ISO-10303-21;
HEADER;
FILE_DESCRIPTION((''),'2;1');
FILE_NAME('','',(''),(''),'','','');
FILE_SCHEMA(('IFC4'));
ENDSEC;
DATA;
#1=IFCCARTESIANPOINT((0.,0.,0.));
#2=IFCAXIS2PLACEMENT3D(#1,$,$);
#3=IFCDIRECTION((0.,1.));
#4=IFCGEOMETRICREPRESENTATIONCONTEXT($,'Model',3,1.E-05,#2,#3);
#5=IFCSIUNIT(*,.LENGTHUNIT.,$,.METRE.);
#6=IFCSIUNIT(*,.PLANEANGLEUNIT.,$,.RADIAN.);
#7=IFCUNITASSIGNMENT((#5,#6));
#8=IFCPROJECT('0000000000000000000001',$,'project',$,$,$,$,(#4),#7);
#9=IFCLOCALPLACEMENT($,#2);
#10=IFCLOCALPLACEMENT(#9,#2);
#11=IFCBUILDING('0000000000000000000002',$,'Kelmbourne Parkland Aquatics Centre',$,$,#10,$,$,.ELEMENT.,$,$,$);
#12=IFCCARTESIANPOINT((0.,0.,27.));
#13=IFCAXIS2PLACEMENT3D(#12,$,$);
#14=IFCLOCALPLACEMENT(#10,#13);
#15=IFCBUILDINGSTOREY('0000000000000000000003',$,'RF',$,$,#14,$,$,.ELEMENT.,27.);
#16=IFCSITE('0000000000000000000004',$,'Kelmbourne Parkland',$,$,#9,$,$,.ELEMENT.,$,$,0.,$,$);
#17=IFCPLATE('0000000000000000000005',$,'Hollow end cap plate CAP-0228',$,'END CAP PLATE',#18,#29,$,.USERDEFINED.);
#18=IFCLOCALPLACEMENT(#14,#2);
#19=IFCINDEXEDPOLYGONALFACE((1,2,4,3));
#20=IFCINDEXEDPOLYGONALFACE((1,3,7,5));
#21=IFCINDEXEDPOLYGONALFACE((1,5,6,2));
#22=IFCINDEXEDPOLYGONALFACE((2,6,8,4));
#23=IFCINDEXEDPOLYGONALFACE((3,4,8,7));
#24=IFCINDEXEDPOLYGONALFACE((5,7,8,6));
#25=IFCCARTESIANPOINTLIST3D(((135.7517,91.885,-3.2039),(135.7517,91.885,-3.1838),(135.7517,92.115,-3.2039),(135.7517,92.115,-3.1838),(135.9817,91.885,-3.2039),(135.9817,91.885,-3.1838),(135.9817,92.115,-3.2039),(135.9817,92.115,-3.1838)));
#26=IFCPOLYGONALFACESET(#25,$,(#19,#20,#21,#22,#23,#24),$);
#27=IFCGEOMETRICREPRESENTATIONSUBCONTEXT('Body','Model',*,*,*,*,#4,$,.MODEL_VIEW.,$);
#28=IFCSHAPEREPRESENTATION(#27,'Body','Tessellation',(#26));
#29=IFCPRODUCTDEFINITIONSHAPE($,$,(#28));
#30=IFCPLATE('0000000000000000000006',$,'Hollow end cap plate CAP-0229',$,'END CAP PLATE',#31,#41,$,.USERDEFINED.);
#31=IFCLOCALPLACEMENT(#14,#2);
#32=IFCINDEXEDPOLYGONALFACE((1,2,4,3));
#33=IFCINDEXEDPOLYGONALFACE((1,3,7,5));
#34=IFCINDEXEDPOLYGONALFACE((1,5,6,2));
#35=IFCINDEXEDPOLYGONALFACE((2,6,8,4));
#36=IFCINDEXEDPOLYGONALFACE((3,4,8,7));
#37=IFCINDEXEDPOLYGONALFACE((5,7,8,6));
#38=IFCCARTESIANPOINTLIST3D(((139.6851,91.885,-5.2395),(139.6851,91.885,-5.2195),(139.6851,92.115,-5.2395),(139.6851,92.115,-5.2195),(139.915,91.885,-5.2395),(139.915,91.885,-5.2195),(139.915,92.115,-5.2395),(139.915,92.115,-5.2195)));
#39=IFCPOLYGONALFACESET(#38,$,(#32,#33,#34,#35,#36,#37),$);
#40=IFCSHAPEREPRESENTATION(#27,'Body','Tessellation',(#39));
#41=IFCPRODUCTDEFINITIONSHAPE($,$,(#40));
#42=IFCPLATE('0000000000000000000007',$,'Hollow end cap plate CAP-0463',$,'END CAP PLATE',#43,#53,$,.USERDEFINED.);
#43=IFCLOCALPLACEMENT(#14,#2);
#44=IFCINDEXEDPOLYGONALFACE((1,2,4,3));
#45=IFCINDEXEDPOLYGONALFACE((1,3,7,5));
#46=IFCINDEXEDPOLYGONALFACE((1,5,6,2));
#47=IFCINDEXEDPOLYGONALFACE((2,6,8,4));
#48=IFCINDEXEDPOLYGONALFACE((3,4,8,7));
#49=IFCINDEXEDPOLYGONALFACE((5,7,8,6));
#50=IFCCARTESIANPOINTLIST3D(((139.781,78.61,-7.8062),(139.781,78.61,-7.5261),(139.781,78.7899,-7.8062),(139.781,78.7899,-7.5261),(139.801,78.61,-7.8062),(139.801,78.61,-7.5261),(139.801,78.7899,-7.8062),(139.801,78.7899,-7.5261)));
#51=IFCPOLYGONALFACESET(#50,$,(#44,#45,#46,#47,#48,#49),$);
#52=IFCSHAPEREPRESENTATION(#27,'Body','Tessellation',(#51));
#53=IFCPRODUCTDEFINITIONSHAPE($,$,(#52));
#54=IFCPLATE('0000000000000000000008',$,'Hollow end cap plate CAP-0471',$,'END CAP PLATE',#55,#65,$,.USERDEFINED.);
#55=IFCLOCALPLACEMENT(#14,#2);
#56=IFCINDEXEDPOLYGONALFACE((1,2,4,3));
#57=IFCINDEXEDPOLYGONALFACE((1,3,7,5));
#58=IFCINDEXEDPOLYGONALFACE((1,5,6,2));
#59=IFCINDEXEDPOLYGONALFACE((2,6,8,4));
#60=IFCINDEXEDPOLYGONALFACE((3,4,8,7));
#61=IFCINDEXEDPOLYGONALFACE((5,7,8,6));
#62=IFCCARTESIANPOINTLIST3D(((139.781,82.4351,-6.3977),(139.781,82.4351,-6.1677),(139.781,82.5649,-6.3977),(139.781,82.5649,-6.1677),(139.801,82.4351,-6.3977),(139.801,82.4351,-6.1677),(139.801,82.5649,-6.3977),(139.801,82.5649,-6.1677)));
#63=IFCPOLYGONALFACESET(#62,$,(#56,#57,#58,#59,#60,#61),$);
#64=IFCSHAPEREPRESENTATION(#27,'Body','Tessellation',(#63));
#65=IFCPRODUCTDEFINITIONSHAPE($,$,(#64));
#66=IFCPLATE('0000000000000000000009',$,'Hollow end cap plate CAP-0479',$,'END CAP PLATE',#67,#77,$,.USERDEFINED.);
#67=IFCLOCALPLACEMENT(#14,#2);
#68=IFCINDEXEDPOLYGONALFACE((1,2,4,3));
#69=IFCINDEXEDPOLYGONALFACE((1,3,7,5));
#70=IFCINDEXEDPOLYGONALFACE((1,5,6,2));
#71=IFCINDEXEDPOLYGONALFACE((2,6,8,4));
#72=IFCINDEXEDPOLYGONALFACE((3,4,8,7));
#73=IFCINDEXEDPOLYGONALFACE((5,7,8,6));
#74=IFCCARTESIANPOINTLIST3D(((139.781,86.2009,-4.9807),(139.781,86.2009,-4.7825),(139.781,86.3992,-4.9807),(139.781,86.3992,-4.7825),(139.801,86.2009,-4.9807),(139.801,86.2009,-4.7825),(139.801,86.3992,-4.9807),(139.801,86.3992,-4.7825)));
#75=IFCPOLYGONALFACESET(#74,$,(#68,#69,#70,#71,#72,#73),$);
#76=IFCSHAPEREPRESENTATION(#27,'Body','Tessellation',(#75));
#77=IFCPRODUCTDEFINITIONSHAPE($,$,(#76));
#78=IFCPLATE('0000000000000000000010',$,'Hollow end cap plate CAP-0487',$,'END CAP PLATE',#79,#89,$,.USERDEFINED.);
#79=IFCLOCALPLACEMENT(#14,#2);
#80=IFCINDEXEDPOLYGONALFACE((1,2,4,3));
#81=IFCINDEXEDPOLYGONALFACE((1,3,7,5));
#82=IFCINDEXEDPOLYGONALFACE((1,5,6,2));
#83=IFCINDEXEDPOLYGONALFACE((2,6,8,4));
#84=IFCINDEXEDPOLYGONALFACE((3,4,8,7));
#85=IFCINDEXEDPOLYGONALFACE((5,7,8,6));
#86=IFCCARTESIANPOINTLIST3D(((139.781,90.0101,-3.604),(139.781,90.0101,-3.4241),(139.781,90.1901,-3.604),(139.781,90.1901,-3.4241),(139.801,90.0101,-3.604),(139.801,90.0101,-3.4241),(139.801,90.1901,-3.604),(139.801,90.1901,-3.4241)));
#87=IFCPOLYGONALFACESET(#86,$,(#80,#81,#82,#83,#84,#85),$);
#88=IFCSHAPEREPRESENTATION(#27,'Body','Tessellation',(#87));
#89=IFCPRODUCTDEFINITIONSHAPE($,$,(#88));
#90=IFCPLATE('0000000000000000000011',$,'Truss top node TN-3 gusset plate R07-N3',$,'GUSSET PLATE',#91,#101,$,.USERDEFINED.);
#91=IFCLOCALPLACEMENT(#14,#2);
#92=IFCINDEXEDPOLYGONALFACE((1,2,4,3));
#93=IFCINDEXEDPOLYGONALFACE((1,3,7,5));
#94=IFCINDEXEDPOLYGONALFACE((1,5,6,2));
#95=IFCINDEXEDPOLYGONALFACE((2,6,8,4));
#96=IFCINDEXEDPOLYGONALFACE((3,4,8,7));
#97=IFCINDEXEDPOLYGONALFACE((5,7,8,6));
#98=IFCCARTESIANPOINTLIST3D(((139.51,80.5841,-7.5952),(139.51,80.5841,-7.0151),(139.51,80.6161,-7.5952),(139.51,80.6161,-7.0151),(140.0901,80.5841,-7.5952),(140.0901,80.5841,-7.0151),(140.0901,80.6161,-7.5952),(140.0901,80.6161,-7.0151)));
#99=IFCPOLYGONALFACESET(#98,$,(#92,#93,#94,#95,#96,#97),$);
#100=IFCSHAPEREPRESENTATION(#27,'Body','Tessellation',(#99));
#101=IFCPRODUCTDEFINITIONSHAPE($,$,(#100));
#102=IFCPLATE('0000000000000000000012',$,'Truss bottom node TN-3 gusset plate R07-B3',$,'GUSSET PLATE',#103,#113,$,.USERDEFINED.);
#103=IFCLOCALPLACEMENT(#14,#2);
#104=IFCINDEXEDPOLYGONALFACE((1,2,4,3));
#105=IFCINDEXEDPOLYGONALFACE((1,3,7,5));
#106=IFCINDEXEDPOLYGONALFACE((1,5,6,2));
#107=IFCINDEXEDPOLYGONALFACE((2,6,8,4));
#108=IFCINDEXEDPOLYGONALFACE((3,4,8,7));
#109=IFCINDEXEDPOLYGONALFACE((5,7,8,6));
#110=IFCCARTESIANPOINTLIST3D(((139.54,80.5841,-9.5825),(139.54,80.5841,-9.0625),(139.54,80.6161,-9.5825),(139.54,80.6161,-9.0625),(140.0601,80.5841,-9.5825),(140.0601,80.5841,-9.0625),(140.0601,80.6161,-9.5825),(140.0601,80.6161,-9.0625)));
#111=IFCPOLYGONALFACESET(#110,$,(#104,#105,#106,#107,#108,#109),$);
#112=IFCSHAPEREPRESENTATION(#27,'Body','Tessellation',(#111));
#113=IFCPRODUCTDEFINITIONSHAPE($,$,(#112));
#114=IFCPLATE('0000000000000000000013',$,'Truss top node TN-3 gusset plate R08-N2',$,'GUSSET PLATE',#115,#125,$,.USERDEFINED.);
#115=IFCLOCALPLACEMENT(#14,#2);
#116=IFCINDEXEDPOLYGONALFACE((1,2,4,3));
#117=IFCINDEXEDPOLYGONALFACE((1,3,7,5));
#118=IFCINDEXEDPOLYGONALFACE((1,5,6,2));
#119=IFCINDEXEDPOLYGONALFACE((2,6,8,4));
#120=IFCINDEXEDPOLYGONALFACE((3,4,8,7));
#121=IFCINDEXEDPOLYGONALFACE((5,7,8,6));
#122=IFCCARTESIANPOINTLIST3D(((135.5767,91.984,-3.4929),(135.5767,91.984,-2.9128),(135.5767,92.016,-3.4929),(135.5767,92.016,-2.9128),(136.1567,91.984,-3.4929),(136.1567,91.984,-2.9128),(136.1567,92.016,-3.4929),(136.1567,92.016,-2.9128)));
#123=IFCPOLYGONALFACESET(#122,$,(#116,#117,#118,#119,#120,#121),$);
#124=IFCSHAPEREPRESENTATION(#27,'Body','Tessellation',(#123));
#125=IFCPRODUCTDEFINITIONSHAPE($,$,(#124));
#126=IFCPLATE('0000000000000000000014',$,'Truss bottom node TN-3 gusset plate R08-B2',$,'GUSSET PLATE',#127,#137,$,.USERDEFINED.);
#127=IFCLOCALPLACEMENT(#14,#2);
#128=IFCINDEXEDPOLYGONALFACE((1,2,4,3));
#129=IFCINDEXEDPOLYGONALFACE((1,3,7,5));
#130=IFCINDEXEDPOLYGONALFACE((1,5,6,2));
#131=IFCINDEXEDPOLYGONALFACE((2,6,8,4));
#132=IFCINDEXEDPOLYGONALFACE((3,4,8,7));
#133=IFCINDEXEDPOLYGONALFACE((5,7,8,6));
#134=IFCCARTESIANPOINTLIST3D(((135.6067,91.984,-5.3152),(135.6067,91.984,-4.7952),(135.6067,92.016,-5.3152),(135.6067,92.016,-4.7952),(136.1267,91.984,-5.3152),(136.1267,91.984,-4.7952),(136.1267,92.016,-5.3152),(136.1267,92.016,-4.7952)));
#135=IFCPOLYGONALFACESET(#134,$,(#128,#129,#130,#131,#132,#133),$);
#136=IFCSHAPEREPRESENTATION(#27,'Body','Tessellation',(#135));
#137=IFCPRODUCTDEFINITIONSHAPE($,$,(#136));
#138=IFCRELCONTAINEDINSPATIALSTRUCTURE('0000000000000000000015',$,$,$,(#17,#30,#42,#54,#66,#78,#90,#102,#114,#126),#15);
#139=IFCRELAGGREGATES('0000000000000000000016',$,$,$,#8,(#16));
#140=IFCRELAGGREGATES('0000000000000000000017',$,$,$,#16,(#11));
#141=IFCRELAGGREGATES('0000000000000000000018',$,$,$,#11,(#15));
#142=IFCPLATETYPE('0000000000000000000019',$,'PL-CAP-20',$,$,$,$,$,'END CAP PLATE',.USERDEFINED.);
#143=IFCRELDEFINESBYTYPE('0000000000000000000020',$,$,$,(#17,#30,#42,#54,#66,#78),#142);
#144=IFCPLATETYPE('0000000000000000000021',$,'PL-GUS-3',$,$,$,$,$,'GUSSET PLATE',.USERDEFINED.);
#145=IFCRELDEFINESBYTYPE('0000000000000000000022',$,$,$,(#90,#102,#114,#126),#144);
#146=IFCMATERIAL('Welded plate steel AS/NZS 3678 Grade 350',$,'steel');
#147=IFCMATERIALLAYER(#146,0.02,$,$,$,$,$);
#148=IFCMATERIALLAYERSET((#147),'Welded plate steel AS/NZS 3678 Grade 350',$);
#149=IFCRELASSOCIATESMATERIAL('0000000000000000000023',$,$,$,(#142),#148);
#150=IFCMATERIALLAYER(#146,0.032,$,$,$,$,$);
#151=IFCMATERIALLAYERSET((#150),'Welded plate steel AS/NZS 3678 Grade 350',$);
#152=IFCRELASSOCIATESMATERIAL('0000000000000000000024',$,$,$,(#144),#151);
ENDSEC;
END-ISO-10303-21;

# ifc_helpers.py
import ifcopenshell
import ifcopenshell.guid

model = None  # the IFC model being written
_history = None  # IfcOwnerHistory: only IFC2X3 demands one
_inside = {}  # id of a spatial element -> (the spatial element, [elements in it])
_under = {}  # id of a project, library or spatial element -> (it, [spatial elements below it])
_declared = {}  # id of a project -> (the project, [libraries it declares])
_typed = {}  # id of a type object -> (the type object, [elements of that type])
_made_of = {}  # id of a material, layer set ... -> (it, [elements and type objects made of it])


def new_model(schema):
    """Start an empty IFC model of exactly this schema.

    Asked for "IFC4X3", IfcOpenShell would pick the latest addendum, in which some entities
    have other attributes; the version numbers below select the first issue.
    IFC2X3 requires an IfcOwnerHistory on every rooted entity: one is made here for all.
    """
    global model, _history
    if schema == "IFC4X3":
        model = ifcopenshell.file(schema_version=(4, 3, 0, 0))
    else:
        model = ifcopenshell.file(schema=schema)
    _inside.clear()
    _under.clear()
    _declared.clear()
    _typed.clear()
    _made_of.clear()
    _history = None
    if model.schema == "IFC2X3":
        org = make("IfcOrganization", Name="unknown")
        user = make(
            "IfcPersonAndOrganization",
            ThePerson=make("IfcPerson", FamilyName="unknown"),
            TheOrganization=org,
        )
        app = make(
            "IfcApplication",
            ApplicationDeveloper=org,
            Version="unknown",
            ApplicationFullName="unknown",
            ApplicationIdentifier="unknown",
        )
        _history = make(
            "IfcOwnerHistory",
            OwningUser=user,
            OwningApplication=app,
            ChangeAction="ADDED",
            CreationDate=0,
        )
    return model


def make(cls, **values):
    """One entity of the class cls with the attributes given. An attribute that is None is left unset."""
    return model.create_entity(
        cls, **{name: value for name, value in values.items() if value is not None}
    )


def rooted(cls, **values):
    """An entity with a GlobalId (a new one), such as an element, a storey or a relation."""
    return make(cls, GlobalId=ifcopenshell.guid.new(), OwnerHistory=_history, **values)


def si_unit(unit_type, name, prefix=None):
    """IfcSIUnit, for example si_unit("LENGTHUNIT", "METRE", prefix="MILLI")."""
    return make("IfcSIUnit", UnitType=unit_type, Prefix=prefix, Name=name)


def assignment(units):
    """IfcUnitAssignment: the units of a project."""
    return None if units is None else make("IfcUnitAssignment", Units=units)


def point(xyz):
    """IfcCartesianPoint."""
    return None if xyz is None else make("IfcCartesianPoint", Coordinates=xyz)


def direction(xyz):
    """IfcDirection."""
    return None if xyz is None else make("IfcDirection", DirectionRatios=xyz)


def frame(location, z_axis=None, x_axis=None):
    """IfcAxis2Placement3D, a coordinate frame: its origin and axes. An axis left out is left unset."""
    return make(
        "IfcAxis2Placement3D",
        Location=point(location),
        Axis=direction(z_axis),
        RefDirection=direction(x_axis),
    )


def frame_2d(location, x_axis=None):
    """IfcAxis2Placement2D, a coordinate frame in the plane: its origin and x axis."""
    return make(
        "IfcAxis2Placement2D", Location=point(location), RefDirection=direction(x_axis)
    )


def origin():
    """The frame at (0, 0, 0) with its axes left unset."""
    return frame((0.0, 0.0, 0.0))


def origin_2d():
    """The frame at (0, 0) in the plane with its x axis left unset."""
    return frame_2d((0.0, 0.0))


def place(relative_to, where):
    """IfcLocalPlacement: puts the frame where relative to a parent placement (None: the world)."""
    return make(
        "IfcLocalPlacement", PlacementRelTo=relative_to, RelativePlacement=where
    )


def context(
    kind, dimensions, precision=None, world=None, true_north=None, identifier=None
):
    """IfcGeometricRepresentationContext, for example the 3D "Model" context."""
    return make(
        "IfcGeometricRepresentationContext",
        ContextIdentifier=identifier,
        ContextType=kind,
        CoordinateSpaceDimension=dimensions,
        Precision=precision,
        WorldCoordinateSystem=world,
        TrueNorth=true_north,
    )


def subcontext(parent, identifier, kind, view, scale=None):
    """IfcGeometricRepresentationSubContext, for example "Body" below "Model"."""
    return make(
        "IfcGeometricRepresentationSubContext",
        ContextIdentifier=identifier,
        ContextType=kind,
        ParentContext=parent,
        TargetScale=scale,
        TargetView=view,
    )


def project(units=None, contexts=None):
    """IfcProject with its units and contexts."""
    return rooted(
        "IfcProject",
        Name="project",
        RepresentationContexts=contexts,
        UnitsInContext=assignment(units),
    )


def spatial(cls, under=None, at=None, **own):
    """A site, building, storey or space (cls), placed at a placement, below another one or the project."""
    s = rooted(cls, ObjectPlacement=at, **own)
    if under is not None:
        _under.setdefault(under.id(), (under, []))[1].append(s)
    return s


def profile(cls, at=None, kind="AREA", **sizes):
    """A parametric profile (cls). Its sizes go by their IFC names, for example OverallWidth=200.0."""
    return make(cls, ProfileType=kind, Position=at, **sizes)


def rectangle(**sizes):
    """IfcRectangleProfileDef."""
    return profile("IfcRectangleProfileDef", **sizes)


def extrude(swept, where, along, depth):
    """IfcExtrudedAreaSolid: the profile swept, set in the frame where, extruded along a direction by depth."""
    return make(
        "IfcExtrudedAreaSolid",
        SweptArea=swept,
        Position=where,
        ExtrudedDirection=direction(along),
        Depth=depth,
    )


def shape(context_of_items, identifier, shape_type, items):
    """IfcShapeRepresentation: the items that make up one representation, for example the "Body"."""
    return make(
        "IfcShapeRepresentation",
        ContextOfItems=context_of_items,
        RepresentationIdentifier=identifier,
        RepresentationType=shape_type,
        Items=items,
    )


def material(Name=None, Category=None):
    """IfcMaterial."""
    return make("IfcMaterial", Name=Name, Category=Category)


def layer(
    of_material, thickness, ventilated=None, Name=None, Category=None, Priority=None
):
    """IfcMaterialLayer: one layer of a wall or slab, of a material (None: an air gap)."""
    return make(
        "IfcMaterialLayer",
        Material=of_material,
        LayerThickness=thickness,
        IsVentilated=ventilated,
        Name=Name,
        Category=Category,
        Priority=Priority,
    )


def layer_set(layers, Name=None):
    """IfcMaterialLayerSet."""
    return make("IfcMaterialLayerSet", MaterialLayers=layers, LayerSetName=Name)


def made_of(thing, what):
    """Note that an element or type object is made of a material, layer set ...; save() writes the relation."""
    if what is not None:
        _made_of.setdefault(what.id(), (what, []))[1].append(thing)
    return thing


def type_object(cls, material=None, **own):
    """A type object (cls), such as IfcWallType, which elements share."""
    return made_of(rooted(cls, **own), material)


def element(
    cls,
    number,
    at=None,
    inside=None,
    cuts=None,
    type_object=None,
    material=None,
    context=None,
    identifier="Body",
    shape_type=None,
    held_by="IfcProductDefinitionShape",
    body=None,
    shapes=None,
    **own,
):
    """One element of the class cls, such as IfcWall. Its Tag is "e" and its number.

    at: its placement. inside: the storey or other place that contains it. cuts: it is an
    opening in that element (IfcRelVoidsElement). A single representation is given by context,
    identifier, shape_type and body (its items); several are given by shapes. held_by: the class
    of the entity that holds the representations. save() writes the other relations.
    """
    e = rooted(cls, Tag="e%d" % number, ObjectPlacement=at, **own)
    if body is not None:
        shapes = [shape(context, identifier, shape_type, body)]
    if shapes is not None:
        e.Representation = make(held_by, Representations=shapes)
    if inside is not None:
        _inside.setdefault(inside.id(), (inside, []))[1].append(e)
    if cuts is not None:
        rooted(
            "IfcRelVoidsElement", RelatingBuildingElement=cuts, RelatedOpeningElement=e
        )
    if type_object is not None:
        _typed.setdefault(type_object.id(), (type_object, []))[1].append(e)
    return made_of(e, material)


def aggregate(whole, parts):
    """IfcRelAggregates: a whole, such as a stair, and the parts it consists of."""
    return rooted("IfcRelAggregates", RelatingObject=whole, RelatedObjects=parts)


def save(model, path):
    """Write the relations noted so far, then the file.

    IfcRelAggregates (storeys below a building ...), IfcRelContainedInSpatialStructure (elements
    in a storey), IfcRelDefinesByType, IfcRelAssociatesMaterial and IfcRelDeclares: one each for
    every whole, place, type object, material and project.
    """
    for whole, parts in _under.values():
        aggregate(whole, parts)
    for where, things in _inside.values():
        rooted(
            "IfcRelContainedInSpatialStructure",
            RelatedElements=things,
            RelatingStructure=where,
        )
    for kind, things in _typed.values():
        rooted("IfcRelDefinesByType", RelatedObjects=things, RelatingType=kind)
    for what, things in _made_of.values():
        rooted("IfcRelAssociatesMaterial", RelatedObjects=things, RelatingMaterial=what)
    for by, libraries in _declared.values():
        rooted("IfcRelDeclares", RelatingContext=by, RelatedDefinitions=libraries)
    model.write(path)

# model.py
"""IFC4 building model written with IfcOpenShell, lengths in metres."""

from ifc_helpers import new_model, si_unit, direction, frame, origin, origin_2d, place, context, subcontext, project, spatial, rectangle, extrude, material, layer, layer_set, type_object, element, save


model = new_model("IFC4")

# Units and contexts
model_context = context("Model", 3, precision=1e-05, world=origin(), true_north=direction((0.0, 1.0)))
body_context = subcontext(model_context, "Body", "Model", "MODEL_VIEW")
ifc_project = project(units=[si_unit("LENGTHUNIT", "METRE"), si_unit("PLANEANGLEUNIT", "RADIAN")], contexts=[model_context])

# Site, building, storey
site_placement = place(None, origin())
site = spatial("IfcSite", under=ifc_project, at=site_placement, Name="Kelmbourne Parkland", CompositionType="ELEMENT", RefElevation=0.0)
building_placement = place(site_placement, origin())
building = spatial("IfcBuilding", under=site, at=building_placement, Name="Kelmbourne Parkland Aquatics Centre", CompositionType="ELEMENT")
storey_placement = place(building_placement, frame((0.0, 0.0, 27.0)))
storey = spatial("IfcBuildingStorey", under=building, at=storey_placement, Name="RF", CompositionType="ELEMENT", Elevation=27.0)

# Shared definitions
ifc_material_1 = material(Name="Welded plate steel AS/NZS 3678 Grade 350", Category="steel")

# Plates
ifc_layer_1 = layer(ifc_material_1, 0.02)
ifc_layer_set_1 = layer_set([ifc_layer_1], Name="Welded plate steel AS/NZS 3678 Grade 350")
plate_type_1 = type_object("IfcPlateType", Name="PL-CAP-20", ElementType="END CAP PLATE", PredefinedType="USERDEFINED", material=ifc_layer_set_1)
for number, where, z_axis, x_axis, name in (
    (1, (135.8667, 92.0, -3.2039), (0.0, 0.0, 1.0), (1.0, 0.0, 0.0), "Hollow end cap plate CAP-0228"),
    (2, (139.8, 92.0, -5.2395), (0.0, 0.0, 1.0), (1.0, 0.0, 0.0), "Hollow end cap plate CAP-0229"),
):
    element("IfcPlate", number, at=place(storey_placement, frame(where, z_axis=z_axis, x_axis=x_axis)), inside=storey, type_object=plate_type_1, Name=name, ObjectType="END CAP PLATE", PredefinedType="USERDEFINED", context=body_context, shape_type="SweptSolid", body=[
        extrude(rectangle(XDim=0.23, YDim=0.23, at=origin_2d()), origin(), (0.0, 0.0, 1.0), 0.02),
    ])
plate_1_placement = place(storey_placement, frame((139.791, 78.7, -7.8062), z_axis=(0.0, 0.0, 1.0), x_axis=(-1.0, 0.0, 0.0)))
element("IfcPlate", 3, at=plate_1_placement, inside=storey, type_object=plate_type_1, Name="Hollow end cap plate CAP-0463", ObjectType="END CAP PLATE", PredefinedType="USERDEFINED", context=body_context, shape_type="SweptSolid", body=[
    extrude(rectangle(XDim=0.02, YDim=0.1799, at=origin_2d()), origin(), (0.0, 0.0, 1.0), 0.28),
])
plate_2_placement = place(storey_placement, frame((139.791, 82.5, -6.3977), z_axis=(0.0, 0.0, 1.0), x_axis=(-1.0, 0.0, 0.0)))
element("IfcPlate", 4, at=plate_2_placement, inside=storey, type_object=plate_type_1, Name="Hollow end cap plate CAP-0471", ObjectType="END CAP PLATE", PredefinedType="USERDEFINED", context=body_context, shape_type="SweptSolid", body=[
    extrude(rectangle(XDim=0.02, YDim=0.1299, at=origin_2d()), origin(), (0.0, 0.0, 1.0), 0.23),
])
plate_3_placement = place(storey_placement, frame((139.791, 86.3, -4.9807), z_axis=(0.0, 0.0, 1.0), x_axis=(-1.0, 0.0, 0.0)))
element("IfcPlate", 5, at=plate_3_placement, inside=storey, type_object=plate_type_1, Name="Hollow end cap plate CAP-0479", ObjectType="END CAP PLATE", PredefinedType="USERDEFINED", context=body_context, shape_type="SweptSolid", body=[
    extrude(rectangle(XDim=0.02, YDim=0.1982, at=origin_2d()), origin(), (0.0, 0.0, 1.0), 0.1982),
])
plate_4_placement = place(storey_placement, frame((139.791, 90.1001, -3.604), z_axis=(0.0, 0.0, 1.0), x_axis=(-1.0, 0.0, 0.0)))
element("IfcPlate", 6, at=plate_4_placement, inside=storey, type_object=plate_type_1, Name="Hollow end cap plate CAP-0487", ObjectType="END CAP PLATE", PredefinedType="USERDEFINED", context=body_context, shape_type="SweptSolid", body=[
    extrude(rectangle(XDim=0.02, YDim=0.1799, at=origin_2d()), origin(), (0.0, 0.0, 1.0), 0.1799),
])
ifc_layer_2 = layer(ifc_material_1, 0.032)
ifc_layer_set_2 = layer_set([ifc_layer_2], Name="Welded plate steel AS/NZS 3678 Grade 350")
plate_type_2 = type_object("IfcPlateType", Name="PL-GUS-3", ElementType="GUSSET PLATE", PredefinedType="USERDEFINED", material=ifc_layer_set_2)
plate_5_placement = place(storey_placement, frame((139.8, 80.6001, -7.5952), z_axis=(0.0, 0.0, 1.0), x_axis=(1.0, 0.0, 0.0)))
element("IfcPlate", 7, at=plate_5_placement, inside=storey, type_object=plate_type_2, Name="Truss top node TN-3 gusset plate R07-N3", ObjectType="GUSSET PLATE", PredefinedType="USERDEFINED", context=body_context, shape_type="SweptSolid", body=[
    extrude(rectangle(XDim=0.5801, YDim=0.032, at=origin_2d()), origin(), (0.0, 0.0, 1.0), 0.5801),
])
plate_6_placement = place(storey_placement, frame((139.8, 80.6001, -9.5825), z_axis=(0.0, 0.0, 1.0), x_axis=(1.0, 0.0, 0.0)))
element("IfcPlate", 8, at=plate_6_placement, inside=storey, type_object=plate_type_2, Name="Truss bottom node TN-3 gusset plate R07-B3", ObjectType="GUSSET PLATE", PredefinedType="USERDEFINED", context=body_context, shape_type="SweptSolid", body=[
    extrude(rectangle(XDim=0.52, YDim=0.032, at=origin_2d()), origin(), (0.0, 0.0, 1.0), 0.52),
])
plate_7_placement = place(storey_placement, frame((135.8667, 92.0, -3.4929), z_axis=(0.0, 0.0, 1.0), x_axis=(1.0, 0.0, 0.0)))
element("IfcPlate", 9, at=plate_7_placement, inside=storey, type_object=plate_type_2, Name="Truss top node TN-3 gusset plate R08-N2", ObjectType="GUSSET PLATE", PredefinedType="USERDEFINED", context=body_context, shape_type="SweptSolid", body=[
    extrude(rectangle(XDim=0.5801, YDim=0.032, at=origin_2d()), origin(), (0.0, 0.0, 1.0), 0.5801),
])
plate_8_placement = place(storey_placement, frame((135.8667, 92.0, -5.3152), z_axis=(0.0, 0.0, 1.0), x_axis=(1.0, 0.0, 0.0)))
element("IfcPlate", 10, at=plate_8_placement, inside=storey, type_object=plate_type_2, Name="Truss bottom node TN-3 gusset plate R08-B2", ObjectType="GUSSET PLATE", PredefinedType="USERDEFINED", context=body_context, shape_type="SweptSolid", body=[
    extrude(rectangle(XDim=0.52, YDim=0.032, at=origin_2d()), origin(), (0.0, 0.0, 1.0), 0.52),
])

save(model, "model.ifc")
